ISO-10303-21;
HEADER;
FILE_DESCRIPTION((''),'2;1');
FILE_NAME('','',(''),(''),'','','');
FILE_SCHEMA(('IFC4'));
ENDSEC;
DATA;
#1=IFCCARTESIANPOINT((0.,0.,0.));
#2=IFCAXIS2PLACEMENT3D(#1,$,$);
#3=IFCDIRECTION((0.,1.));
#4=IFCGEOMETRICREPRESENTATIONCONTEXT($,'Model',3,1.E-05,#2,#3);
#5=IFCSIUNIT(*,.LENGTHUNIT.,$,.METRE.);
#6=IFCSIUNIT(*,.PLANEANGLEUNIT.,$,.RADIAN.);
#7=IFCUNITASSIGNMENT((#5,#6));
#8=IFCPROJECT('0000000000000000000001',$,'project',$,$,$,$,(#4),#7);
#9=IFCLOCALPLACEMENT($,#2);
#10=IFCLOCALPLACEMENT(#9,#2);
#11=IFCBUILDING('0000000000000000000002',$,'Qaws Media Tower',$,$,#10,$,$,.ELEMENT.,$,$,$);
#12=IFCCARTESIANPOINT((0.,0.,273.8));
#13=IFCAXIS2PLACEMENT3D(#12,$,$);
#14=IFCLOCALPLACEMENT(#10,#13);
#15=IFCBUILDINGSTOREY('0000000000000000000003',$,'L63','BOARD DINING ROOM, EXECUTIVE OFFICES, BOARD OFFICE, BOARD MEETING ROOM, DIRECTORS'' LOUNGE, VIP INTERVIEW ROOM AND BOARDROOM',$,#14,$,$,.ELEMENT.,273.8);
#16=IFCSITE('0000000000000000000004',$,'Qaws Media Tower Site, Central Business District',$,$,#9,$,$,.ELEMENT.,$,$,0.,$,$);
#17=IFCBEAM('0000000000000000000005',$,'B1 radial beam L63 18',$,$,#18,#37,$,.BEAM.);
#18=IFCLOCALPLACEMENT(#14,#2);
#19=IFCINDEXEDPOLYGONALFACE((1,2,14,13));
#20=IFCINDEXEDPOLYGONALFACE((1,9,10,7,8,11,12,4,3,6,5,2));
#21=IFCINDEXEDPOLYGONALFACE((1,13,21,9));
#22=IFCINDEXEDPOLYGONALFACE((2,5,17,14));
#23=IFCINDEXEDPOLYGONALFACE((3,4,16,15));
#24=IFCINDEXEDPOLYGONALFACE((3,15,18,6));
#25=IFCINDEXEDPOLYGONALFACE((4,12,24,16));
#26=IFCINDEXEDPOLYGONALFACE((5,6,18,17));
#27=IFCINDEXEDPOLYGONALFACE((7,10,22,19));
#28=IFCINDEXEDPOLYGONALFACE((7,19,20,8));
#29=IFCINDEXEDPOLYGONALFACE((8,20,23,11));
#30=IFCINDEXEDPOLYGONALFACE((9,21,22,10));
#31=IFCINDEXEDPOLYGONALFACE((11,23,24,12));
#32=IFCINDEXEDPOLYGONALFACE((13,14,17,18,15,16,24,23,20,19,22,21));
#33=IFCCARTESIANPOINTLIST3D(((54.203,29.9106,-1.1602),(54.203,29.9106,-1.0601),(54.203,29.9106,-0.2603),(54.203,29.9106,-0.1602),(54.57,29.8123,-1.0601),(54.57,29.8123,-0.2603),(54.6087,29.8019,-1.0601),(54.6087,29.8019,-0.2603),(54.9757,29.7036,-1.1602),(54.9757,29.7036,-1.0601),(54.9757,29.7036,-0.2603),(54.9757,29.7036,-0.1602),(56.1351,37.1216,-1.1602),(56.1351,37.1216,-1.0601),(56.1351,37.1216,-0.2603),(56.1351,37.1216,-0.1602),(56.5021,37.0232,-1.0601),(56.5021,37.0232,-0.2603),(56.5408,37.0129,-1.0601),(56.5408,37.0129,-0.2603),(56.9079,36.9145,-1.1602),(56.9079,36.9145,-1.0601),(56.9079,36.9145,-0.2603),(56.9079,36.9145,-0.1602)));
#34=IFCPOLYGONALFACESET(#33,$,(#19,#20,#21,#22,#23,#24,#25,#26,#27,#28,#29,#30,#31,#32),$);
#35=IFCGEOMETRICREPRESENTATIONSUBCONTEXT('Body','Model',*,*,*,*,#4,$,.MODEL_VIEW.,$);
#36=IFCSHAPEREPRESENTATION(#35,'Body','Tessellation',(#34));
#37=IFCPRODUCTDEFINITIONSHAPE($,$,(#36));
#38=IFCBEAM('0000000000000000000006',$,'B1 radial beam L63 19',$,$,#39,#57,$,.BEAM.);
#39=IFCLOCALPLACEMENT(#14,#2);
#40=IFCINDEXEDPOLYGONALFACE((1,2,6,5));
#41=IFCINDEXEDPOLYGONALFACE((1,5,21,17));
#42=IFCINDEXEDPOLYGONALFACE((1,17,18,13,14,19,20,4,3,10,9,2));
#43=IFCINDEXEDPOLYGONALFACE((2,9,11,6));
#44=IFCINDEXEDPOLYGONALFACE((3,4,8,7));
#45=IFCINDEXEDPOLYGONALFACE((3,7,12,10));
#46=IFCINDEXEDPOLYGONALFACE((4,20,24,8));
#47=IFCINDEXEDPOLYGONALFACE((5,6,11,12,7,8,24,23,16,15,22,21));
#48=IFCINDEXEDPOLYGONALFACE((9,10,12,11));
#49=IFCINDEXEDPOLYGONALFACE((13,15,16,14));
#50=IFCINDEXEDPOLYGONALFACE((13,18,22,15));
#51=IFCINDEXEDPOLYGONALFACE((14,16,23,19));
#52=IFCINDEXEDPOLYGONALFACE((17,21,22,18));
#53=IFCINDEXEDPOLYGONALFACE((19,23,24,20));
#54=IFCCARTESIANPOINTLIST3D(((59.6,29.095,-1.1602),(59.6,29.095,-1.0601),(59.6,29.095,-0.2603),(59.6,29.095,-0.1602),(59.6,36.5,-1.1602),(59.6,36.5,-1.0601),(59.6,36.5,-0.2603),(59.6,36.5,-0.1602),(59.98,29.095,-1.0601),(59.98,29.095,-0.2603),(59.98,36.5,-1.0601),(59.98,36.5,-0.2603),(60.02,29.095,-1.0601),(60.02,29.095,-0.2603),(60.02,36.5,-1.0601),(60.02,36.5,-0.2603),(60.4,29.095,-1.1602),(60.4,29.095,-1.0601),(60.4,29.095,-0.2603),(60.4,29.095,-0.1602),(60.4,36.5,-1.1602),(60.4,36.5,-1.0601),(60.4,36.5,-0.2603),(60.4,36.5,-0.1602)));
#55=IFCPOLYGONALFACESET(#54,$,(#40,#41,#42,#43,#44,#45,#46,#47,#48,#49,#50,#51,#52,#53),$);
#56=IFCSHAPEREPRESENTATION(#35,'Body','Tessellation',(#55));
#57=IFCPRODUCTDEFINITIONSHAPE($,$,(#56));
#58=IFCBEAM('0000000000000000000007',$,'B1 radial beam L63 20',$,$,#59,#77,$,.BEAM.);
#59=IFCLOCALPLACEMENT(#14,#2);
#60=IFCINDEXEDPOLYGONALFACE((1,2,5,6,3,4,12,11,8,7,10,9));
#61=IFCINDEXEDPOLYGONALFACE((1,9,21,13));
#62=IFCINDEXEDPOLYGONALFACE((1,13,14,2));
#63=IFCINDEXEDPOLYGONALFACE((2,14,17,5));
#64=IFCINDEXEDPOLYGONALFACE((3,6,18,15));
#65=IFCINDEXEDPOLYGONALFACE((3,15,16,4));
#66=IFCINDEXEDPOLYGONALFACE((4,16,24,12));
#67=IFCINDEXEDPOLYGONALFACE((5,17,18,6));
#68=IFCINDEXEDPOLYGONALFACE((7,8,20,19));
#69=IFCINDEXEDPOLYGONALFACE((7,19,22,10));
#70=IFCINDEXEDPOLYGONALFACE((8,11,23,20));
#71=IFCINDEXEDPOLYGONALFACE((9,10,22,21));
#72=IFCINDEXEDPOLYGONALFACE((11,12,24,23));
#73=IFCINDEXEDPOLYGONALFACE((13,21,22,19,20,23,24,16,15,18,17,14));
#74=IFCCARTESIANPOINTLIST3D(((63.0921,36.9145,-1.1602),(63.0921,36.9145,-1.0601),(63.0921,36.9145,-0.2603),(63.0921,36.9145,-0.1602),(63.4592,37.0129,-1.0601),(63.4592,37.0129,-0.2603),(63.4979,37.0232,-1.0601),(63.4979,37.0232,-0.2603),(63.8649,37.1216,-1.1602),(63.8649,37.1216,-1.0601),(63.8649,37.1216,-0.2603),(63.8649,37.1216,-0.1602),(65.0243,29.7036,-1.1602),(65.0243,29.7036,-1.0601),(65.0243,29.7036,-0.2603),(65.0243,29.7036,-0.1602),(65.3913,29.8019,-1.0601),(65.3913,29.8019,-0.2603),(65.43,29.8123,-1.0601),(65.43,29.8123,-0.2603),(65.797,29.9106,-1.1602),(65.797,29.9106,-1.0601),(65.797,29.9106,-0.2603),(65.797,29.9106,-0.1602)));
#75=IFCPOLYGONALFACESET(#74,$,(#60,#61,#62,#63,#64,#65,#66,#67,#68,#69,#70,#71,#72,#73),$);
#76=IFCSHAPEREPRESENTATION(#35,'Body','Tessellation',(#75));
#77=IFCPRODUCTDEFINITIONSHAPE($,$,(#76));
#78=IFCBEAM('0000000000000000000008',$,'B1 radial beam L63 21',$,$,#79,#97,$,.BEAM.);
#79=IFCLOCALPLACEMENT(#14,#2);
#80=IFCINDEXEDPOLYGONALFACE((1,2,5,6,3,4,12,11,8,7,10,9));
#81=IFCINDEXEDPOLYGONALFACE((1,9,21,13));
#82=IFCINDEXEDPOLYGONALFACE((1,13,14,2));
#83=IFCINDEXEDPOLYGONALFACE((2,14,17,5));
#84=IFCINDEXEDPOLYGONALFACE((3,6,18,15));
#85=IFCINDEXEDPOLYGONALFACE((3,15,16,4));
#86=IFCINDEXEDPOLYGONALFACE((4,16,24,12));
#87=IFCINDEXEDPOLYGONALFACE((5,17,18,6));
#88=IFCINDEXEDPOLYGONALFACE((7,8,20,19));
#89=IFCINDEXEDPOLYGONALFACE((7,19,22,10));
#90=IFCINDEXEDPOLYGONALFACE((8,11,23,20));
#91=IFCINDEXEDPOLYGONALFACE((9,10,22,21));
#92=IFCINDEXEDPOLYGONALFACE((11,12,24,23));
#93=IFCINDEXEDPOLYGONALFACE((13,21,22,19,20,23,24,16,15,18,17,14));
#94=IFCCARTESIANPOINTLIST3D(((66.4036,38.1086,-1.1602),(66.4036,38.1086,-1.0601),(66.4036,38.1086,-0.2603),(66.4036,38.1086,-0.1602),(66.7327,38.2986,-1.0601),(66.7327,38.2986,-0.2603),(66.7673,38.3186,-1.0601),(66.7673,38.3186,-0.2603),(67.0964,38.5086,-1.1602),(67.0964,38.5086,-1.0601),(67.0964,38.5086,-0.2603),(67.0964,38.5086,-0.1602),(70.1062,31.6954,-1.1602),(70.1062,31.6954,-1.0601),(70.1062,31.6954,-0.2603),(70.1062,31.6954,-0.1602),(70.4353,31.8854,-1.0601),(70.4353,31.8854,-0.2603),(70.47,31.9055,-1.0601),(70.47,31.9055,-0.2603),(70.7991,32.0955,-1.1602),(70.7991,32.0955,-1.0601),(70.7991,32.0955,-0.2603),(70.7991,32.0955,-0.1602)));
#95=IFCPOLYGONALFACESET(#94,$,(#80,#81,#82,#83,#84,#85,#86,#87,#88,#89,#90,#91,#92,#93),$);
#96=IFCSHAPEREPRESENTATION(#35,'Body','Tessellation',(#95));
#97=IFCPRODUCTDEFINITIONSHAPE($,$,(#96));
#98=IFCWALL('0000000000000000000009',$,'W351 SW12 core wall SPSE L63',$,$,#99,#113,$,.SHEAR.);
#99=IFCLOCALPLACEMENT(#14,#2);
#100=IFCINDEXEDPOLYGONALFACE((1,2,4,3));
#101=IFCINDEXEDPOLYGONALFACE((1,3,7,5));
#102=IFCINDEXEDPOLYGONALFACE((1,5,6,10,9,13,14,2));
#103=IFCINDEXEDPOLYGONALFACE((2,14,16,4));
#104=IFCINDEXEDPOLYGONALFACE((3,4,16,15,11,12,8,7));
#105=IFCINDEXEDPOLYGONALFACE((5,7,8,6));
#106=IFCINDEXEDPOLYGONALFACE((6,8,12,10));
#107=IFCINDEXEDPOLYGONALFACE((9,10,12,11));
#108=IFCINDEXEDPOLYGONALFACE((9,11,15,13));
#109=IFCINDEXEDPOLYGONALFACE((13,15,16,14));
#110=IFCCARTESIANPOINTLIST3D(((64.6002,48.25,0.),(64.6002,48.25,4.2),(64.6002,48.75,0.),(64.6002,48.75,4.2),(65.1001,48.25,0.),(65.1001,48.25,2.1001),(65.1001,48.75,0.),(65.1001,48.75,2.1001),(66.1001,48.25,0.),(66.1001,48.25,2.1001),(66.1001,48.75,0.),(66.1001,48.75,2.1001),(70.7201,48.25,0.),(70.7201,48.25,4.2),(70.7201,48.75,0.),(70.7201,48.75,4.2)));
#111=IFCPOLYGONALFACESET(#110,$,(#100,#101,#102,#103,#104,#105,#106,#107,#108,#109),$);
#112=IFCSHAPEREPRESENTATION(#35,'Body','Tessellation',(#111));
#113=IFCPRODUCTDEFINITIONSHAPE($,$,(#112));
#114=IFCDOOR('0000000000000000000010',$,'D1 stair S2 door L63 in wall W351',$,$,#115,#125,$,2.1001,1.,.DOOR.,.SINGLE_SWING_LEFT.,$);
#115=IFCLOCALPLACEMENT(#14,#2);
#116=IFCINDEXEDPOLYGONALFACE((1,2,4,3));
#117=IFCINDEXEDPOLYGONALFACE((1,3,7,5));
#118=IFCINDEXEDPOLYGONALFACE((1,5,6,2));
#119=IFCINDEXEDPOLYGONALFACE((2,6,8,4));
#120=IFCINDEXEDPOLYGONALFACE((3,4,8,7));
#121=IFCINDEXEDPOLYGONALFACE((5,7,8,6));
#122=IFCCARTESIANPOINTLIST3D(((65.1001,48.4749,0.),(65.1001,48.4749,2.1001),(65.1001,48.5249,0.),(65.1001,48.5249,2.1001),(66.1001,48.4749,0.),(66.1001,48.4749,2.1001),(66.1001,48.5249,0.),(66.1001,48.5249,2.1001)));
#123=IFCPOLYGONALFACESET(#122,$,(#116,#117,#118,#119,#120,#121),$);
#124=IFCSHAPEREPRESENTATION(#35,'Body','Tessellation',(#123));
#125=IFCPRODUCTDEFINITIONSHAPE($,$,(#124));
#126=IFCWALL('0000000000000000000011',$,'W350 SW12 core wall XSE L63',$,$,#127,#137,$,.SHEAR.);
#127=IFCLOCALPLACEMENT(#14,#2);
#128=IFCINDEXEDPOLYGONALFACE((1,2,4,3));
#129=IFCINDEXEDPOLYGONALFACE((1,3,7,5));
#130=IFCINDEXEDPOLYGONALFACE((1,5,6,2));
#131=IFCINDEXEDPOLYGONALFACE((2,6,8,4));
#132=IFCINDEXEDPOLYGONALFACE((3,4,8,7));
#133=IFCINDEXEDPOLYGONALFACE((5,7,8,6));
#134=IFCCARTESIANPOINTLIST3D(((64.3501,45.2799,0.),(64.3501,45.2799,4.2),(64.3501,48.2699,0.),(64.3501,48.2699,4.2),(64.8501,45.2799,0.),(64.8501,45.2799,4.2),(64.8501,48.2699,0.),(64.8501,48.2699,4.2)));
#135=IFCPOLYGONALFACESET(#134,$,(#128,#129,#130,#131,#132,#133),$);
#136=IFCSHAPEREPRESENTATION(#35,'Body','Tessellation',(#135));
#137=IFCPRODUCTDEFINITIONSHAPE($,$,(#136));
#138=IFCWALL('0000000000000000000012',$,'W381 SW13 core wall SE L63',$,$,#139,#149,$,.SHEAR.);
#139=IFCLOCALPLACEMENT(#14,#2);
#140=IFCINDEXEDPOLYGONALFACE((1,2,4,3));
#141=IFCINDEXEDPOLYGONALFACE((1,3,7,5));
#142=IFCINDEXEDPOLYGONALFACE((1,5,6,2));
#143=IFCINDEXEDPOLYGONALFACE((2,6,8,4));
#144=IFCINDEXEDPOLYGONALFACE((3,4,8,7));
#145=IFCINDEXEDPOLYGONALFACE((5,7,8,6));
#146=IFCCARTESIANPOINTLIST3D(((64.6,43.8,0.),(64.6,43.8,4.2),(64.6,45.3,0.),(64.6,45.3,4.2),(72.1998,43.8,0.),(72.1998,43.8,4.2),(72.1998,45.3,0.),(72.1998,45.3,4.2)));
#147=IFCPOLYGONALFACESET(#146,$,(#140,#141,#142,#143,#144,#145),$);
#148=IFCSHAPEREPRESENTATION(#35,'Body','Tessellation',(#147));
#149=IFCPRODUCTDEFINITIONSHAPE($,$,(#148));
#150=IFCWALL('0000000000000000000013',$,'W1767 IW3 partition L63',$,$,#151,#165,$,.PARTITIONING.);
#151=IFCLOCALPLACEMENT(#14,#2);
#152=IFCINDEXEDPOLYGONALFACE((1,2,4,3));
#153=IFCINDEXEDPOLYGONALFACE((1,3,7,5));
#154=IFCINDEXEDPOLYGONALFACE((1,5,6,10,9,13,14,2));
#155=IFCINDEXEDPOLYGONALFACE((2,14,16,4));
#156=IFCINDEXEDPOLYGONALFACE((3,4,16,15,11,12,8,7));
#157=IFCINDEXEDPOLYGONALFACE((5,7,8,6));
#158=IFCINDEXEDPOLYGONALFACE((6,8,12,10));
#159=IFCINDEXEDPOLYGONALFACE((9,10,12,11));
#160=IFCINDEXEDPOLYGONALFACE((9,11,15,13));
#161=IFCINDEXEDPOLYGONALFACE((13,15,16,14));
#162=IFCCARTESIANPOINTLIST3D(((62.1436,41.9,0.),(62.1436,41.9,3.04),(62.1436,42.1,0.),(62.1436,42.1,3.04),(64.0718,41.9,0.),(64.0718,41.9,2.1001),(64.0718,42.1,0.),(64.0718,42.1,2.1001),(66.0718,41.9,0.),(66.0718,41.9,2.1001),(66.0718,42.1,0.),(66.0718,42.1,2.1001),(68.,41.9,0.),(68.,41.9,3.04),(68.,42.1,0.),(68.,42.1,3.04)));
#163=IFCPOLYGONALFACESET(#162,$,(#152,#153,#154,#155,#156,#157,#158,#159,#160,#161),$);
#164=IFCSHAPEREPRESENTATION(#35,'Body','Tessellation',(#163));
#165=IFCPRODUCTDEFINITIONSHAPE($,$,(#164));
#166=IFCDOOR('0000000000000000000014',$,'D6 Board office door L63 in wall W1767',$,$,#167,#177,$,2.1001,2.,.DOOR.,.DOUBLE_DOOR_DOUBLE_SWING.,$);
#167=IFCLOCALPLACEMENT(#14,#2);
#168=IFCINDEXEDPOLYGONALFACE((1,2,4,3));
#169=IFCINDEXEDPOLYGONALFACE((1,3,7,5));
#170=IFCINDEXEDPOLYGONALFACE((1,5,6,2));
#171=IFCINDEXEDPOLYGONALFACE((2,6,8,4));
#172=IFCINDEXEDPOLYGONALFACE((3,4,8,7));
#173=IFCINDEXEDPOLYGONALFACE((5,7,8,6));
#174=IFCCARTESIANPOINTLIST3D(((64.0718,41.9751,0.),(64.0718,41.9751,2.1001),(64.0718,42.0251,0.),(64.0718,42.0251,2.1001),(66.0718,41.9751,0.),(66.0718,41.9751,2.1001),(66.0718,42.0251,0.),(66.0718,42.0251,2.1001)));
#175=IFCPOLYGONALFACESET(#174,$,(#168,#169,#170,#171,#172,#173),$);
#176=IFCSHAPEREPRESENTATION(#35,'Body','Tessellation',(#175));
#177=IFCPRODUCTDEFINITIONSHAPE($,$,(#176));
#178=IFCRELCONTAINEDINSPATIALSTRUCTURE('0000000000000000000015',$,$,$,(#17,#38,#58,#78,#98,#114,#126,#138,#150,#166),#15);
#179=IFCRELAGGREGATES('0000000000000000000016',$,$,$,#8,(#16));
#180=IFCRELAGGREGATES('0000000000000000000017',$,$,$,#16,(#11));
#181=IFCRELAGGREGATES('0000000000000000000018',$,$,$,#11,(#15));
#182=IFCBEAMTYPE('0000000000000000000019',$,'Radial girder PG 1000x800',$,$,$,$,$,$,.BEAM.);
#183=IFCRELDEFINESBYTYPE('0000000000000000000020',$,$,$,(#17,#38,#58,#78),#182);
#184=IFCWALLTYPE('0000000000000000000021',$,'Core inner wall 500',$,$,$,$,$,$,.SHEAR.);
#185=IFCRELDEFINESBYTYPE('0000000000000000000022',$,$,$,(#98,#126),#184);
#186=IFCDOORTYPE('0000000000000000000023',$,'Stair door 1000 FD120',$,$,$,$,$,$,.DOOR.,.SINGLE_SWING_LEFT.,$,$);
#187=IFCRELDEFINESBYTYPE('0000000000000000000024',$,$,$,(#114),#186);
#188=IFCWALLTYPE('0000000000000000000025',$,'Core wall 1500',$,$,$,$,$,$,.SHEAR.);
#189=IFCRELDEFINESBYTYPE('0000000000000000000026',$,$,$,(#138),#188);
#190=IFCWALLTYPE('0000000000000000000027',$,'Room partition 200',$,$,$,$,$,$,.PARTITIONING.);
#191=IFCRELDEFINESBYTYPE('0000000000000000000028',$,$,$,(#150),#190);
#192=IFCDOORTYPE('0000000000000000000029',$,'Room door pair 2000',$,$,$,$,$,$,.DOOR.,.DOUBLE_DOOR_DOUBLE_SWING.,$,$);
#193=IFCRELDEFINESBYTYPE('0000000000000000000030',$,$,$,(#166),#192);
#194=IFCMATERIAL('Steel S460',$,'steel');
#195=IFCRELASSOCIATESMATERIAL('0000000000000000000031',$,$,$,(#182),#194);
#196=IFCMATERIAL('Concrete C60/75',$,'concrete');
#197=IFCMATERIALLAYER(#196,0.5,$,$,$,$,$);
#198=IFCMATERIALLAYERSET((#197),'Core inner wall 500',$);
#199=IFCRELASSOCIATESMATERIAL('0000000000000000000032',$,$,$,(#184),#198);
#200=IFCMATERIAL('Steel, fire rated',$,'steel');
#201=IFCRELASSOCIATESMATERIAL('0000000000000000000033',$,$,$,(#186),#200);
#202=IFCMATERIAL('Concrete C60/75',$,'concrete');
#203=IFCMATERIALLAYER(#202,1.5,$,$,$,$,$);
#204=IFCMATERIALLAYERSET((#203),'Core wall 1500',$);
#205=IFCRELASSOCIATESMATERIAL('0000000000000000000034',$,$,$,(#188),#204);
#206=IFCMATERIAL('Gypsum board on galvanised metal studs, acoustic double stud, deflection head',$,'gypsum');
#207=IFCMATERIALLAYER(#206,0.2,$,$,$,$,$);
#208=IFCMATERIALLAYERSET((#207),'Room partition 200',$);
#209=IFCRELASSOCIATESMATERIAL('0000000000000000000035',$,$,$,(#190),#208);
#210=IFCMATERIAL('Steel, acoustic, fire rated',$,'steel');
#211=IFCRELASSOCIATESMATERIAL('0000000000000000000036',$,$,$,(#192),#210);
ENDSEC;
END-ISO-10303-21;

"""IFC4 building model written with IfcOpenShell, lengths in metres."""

from ifc_helpers import new_model, si_unit, direction, frame, frame_2d, origin, origin_2d, place, context, subcontext, project, spatial, rectangle, i_section, extrude, material, layer, layer_set, material_profile, profile_set, type_object, element, fill, save


model = new_model("IFC4")

# Units and contexts
model_context = context("Model", 3, precision=1e-05, world=origin(), true_north=direction((0.0, 1.0)))
body_context = subcontext(model_context, "Body", "Model", "MODEL_VIEW")
ifc_project = project(units=[si_unit("LENGTHUNIT", "METRE"), si_unit("PLANEANGLEUNIT", "RADIAN")], contexts=[model_context])

# Site, building, storey
site_placement = place(None, origin())
site = spatial("IfcSite", under=ifc_project, at=site_placement, Name="Qaws Media Tower Site, Central Business District", CompositionType="ELEMENT", RefElevation=0.0)
building_placement = place(site_placement, origin())
building = spatial("IfcBuilding", under=site, at=building_placement, Name="Qaws Media Tower", CompositionType="ELEMENT")
storey_placement = place(building_placement, frame((0.0, 0.0, 273.8)))
storey = spatial("IfcBuildingStorey", under=building, at=storey_placement, Name="L63", Description="BOARD DINING ROOM, EXECUTIVE OFFICES, BOARD OFFICE, BOARD MEETING ROOM, DIRECTORS' LOUNGE, VIP INTERVIEW ROOM AND BOARDROOM", CompositionType="ELEMENT", Elevation=273.8)

# Beams
ifc_material_1 = material(Name="Steel S460", Category="steel")
ifc_material_profile_1 = material_profile(ifc_material_1, i_section(OverallWidth=0.8, OverallDepth=1.0, WebThickness=0.04, FlangeThickness=0.1001, at=origin_2d()), Name="PG 1000x800")
ifc_profile_set_1 = profile_set([ifc_material_profile_1], Name="Steel S460")
beam_type_1 = type_object("IfcBeamType", Name="Radial girder PG 1000x800", PredefinedType="BEAM", material=ifc_profile_set_1)
beam_1_placement = place(storey_placement, frame((56.5215, 37.0181, -0.6602), z_axis=(-0.258815, -0.965927, 0.0), x_axis=(0.965927, -0.258815, 0.0)))
element("IfcBeam", 1, at=beam_1_placement, inside=storey, type_object=beam_type_1, Name="B1 radial beam L63 18", PredefinedType="BEAM", context=body_context, shape_type="SweptSolid", body=[
    extrude(i_section(OverallWidth=0.8, OverallDepth=1.0, WebThickness=0.04, FlangeThickness=0.1001, at=origin_2d()), origin(), (0.0, 0.0, 1.0), 7.4653),
])
beam_2_placement = place(storey_placement, frame((60.0, 36.5, -0.6602), z_axis=(0.0, -1.0, 0.0), x_axis=(1.0, 0.0, 0.0)))
element("IfcBeam", 2, at=beam_2_placement, inside=storey, type_object=beam_type_1, Name="B1 radial beam L63 19", PredefinedType="BEAM", context=body_context, shape_type="SweptSolid", body=[
    extrude(i_section(OverallWidth=0.8, OverallDepth=1.0, WebThickness=0.04, FlangeThickness=0.1001, at=origin_2d()), origin(), (0.0, 0.0, 1.0), 7.405),
])
beam_3_placement = place(storey_placement, frame((63.4785, 37.0181, -0.6602), z_axis=(0.258815, -0.965927, 0.0), x_axis=(0.965927, 0.258815, 0.0)))
element("IfcBeam", 3, at=beam_3_placement, inside=storey, type_object=beam_type_1, Name="B1 radial beam L63 20", PredefinedType="BEAM", context=body_context, shape_type="SweptSolid", body=[
    extrude(i_section(OverallWidth=0.8, OverallDepth=1.0, WebThickness=0.04, FlangeThickness=0.1001, at=origin_2d()), origin(), (0.0, 0.0, 1.0), 7.4653),
])
beam_4_placement = place(storey_placement, frame((66.75, 38.3086, -0.6602), z_axis=(0.500004, -0.866023, 0.0), x_axis=(0.866023, 0.500004, 0.0)))
element("IfcBeam", 4, at=beam_4_placement, inside=storey, type_object=beam_type_1, Name="B1 radial beam L63 21", PredefinedType="BEAM", context=body_context, shape_type="SweptSolid", body=[
    extrude(i_section(OverallWidth=0.8, OverallDepth=1.0, WebThickness=0.04, FlangeThickness=0.1001, at=origin_2d()), origin(), (0.0, 0.0, 1.0), 7.4053),
])

# Wall, opening, door
ifc_material_2 = material(Name="Concrete C60/75", Category="concrete")
ifc_layer_1 = layer(ifc_material_2, 0.5)
ifc_layer_set_1 = layer_set([ifc_layer_1], Name="Core inner wall 500")
wall_type_1 = type_object("IfcWallType", Name="Core inner wall 500", PredefinedType="SHEAR", material=ifc_layer_set_1)
wall_1_placement = place(storey_placement, frame((64.6001, 48.5, 0.0), z_axis=(0.0, 0.0, 1.0), x_axis=(1.0, 0.0, 0.0)))
wall_1 = element("IfcWall", 5, at=wall_1_placement, inside=storey, type_object=wall_type_1, Name="W351 SW12 core wall SPSE L63", PredefinedType="SHEAR", context=body_context, shape_type="SweptSolid", body=[
    extrude(rectangle(XDim=6.1199, YDim=0.5, at=frame_2d((3.0601, 0.0))), origin(), (0.0, 0.0, 1.0), 4.2),
])
opening_1_placement = place(wall_1_placement, frame((0.5, 0.0, 0.0)))
opening_1 = element("IfcOpeningElement", 6, at=opening_1_placement, cuts=wall_1, PredefinedType="OPENING", context=body_context, shape_type="SweptSolid", body=[
    extrude(rectangle(XDim=1.0, YDim=2.1001, at=frame_2d((0.5, 1.05))), frame((0.0, 0.26, 0.0), z_axis=(0.0, -1.0, 0.0), x_axis=(1.0, 0.0, 0.0)), (0.0, 0.0, 1.0), 0.52),
])
ifc_material_3 = material(Name="Steel, fire rated", Category="steel")
door_type_1 = type_object("IfcDoorType", Name="Stair door 1000 FD120", OperationType="SINGLE_SWING_LEFT", PredefinedType="DOOR", material=ifc_material_3)
door_1_placement = place(opening_1_placement, origin())
door_1 = element("IfcDoor", 7, at=door_1_placement, inside=storey, type_object=door_type_1, Name="D1 stair S2 door L63 in wall W351", OperationType="SINGLE_SWING_LEFT", OverallHeight=2.1001, OverallWidth=1.0, PredefinedType="DOOR", context=body_context, shape_type="SweptSolid", body=[
    extrude(rectangle(XDim=1.0, YDim=2.1001, at=frame_2d((0.5, 1.05))), frame((0.0, 0.0249, 0.0), z_axis=(0.0, -1.0, 0.0), x_axis=(1.0, 0.0, 0.0)), (0.0, 0.0, 1.0), 0.05),
])
fill(opening_1, door_1)

# Walls
wall_2_placement = place(storey_placement, frame((64.6001, 48.27, 0.0), z_axis=(0.0, 0.0, 1.0), x_axis=(0.0, -1.0, 0.0)))
element("IfcWall", 8, at=wall_2_placement, inside=storey, type_object=wall_type_1, Name="W350 SW12 core wall XSE L63", PredefinedType="SHEAR", context=body_context, shape_type="SweptSolid", body=[
    extrude(rectangle(XDim=2.99, YDim=0.5, at=frame_2d((1.4951, 0.0))), origin(), (0.0, 0.0, 1.0), 4.2),
])
ifc_material_4 = material(Name="Concrete C60/75", Category="concrete")
ifc_layer_2 = layer(ifc_material_4, 1.5)
ifc_layer_set_2 = layer_set([ifc_layer_2], Name="Core wall 1500")
wall_type_2 = type_object("IfcWallType", Name="Core wall 1500", PredefinedType="SHEAR", material=ifc_layer_set_2)
wall_3_placement = place(storey_placement, frame((64.6001, 44.55, 0.0), z_axis=(0.0, 0.0, 1.0), x_axis=(1.0, 0.0, 0.0)))
element("IfcWall", 9, at=wall_3_placement, inside=storey, type_object=wall_type_2, Name="W381 SW13 core wall SE L63", PredefinedType="SHEAR", context=body_context, shape_type="SweptSolid", body=[
    extrude(rectangle(XDim=7.5999, YDim=1.5, at=frame_2d((3.7998, 0.0))), origin(), (0.0, 0.0, 1.0), 4.2),
])

# Wall, opening, door
ifc_material_5 = material(Name="Gypsum board on galvanised metal studs, acoustic double stud, deflection head", Category="gypsum")
ifc_layer_3 = layer(ifc_material_5, 0.2)
ifc_layer_set_3 = layer_set([ifc_layer_3], Name="Room partition 200")
wall_type_3 = type_object("IfcWallType", Name="Room partition 200", PredefinedType="PARTITIONING", material=ifc_layer_set_3)
wall_4_placement = place(storey_placement, frame((68.0, 42.0, 0.0), z_axis=(0.0, 0.0, 1.0), x_axis=(-1.0, 0.0, 0.0)))
wall_4 = element("IfcWall", 10, at=wall_4_placement, inside=storey, type_object=wall_type_3, Name="W1767 IW3 partition L63", PredefinedType="PARTITIONING", context=body_context, shape_type="SweptSolid", body=[
    extrude(rectangle(XDim=5.8564, YDim=0.2, at=frame_2d((2.9282, 0.0))), origin(), (0.0, 0.0, 1.0), 3.04),
])
opening_2_placement = place(wall_4_placement, frame((1.9282, 0.0, 0.0)))
opening_2 = element("IfcOpeningElement", 11, at=opening_2_placement, cuts=wall_4, PredefinedType="OPENING", context=body_context, shape_type="SweptSolid", body=[
    extrude(rectangle(XDim=2.0, YDim=2.1001, at=frame_2d((1.0, 1.05))), frame((0.0, 0.1099, 0.0), z_axis=(0.0, -1.0, 0.0), x_axis=(1.0, 0.0, 0.0)), (0.0, 0.0, 1.0), 0.22),
])
ifc_material_6 = material(Name="Steel, acoustic, fire rated", Category="steel")
door_type_2 = type_object("IfcDoorType", Name="Room door pair 2000", OperationType="DOUBLE_DOOR_DOUBLE_SWING", PredefinedType="DOOR", material=ifc_material_6)
door_2_placement = place(opening_2_placement, origin())
door_2 = element("IfcDoor", 12, at=door_2_placement, inside=storey, type_object=door_type_2, Name="D6 Board office door L63 in wall W1767", OperationType="DOUBLE_DOOR_DOUBLE_SWING", OverallHeight=2.1001, OverallWidth=2.0, PredefinedType="DOOR", context=body_context, shape_type="SweptSolid", body=[
    extrude(rectangle(XDim=2.0, YDim=2.1001, at=frame_2d((1.0, 1.05))), frame((0.0, 0.0249, 0.0), z_axis=(0.0, -1.0, 0.0), x_axis=(1.0, 0.0, 0.0)), (0.0, 0.0, 1.0), 0.05),
])
fill(opening_2, door_2)

save(model, "model.ifc")
